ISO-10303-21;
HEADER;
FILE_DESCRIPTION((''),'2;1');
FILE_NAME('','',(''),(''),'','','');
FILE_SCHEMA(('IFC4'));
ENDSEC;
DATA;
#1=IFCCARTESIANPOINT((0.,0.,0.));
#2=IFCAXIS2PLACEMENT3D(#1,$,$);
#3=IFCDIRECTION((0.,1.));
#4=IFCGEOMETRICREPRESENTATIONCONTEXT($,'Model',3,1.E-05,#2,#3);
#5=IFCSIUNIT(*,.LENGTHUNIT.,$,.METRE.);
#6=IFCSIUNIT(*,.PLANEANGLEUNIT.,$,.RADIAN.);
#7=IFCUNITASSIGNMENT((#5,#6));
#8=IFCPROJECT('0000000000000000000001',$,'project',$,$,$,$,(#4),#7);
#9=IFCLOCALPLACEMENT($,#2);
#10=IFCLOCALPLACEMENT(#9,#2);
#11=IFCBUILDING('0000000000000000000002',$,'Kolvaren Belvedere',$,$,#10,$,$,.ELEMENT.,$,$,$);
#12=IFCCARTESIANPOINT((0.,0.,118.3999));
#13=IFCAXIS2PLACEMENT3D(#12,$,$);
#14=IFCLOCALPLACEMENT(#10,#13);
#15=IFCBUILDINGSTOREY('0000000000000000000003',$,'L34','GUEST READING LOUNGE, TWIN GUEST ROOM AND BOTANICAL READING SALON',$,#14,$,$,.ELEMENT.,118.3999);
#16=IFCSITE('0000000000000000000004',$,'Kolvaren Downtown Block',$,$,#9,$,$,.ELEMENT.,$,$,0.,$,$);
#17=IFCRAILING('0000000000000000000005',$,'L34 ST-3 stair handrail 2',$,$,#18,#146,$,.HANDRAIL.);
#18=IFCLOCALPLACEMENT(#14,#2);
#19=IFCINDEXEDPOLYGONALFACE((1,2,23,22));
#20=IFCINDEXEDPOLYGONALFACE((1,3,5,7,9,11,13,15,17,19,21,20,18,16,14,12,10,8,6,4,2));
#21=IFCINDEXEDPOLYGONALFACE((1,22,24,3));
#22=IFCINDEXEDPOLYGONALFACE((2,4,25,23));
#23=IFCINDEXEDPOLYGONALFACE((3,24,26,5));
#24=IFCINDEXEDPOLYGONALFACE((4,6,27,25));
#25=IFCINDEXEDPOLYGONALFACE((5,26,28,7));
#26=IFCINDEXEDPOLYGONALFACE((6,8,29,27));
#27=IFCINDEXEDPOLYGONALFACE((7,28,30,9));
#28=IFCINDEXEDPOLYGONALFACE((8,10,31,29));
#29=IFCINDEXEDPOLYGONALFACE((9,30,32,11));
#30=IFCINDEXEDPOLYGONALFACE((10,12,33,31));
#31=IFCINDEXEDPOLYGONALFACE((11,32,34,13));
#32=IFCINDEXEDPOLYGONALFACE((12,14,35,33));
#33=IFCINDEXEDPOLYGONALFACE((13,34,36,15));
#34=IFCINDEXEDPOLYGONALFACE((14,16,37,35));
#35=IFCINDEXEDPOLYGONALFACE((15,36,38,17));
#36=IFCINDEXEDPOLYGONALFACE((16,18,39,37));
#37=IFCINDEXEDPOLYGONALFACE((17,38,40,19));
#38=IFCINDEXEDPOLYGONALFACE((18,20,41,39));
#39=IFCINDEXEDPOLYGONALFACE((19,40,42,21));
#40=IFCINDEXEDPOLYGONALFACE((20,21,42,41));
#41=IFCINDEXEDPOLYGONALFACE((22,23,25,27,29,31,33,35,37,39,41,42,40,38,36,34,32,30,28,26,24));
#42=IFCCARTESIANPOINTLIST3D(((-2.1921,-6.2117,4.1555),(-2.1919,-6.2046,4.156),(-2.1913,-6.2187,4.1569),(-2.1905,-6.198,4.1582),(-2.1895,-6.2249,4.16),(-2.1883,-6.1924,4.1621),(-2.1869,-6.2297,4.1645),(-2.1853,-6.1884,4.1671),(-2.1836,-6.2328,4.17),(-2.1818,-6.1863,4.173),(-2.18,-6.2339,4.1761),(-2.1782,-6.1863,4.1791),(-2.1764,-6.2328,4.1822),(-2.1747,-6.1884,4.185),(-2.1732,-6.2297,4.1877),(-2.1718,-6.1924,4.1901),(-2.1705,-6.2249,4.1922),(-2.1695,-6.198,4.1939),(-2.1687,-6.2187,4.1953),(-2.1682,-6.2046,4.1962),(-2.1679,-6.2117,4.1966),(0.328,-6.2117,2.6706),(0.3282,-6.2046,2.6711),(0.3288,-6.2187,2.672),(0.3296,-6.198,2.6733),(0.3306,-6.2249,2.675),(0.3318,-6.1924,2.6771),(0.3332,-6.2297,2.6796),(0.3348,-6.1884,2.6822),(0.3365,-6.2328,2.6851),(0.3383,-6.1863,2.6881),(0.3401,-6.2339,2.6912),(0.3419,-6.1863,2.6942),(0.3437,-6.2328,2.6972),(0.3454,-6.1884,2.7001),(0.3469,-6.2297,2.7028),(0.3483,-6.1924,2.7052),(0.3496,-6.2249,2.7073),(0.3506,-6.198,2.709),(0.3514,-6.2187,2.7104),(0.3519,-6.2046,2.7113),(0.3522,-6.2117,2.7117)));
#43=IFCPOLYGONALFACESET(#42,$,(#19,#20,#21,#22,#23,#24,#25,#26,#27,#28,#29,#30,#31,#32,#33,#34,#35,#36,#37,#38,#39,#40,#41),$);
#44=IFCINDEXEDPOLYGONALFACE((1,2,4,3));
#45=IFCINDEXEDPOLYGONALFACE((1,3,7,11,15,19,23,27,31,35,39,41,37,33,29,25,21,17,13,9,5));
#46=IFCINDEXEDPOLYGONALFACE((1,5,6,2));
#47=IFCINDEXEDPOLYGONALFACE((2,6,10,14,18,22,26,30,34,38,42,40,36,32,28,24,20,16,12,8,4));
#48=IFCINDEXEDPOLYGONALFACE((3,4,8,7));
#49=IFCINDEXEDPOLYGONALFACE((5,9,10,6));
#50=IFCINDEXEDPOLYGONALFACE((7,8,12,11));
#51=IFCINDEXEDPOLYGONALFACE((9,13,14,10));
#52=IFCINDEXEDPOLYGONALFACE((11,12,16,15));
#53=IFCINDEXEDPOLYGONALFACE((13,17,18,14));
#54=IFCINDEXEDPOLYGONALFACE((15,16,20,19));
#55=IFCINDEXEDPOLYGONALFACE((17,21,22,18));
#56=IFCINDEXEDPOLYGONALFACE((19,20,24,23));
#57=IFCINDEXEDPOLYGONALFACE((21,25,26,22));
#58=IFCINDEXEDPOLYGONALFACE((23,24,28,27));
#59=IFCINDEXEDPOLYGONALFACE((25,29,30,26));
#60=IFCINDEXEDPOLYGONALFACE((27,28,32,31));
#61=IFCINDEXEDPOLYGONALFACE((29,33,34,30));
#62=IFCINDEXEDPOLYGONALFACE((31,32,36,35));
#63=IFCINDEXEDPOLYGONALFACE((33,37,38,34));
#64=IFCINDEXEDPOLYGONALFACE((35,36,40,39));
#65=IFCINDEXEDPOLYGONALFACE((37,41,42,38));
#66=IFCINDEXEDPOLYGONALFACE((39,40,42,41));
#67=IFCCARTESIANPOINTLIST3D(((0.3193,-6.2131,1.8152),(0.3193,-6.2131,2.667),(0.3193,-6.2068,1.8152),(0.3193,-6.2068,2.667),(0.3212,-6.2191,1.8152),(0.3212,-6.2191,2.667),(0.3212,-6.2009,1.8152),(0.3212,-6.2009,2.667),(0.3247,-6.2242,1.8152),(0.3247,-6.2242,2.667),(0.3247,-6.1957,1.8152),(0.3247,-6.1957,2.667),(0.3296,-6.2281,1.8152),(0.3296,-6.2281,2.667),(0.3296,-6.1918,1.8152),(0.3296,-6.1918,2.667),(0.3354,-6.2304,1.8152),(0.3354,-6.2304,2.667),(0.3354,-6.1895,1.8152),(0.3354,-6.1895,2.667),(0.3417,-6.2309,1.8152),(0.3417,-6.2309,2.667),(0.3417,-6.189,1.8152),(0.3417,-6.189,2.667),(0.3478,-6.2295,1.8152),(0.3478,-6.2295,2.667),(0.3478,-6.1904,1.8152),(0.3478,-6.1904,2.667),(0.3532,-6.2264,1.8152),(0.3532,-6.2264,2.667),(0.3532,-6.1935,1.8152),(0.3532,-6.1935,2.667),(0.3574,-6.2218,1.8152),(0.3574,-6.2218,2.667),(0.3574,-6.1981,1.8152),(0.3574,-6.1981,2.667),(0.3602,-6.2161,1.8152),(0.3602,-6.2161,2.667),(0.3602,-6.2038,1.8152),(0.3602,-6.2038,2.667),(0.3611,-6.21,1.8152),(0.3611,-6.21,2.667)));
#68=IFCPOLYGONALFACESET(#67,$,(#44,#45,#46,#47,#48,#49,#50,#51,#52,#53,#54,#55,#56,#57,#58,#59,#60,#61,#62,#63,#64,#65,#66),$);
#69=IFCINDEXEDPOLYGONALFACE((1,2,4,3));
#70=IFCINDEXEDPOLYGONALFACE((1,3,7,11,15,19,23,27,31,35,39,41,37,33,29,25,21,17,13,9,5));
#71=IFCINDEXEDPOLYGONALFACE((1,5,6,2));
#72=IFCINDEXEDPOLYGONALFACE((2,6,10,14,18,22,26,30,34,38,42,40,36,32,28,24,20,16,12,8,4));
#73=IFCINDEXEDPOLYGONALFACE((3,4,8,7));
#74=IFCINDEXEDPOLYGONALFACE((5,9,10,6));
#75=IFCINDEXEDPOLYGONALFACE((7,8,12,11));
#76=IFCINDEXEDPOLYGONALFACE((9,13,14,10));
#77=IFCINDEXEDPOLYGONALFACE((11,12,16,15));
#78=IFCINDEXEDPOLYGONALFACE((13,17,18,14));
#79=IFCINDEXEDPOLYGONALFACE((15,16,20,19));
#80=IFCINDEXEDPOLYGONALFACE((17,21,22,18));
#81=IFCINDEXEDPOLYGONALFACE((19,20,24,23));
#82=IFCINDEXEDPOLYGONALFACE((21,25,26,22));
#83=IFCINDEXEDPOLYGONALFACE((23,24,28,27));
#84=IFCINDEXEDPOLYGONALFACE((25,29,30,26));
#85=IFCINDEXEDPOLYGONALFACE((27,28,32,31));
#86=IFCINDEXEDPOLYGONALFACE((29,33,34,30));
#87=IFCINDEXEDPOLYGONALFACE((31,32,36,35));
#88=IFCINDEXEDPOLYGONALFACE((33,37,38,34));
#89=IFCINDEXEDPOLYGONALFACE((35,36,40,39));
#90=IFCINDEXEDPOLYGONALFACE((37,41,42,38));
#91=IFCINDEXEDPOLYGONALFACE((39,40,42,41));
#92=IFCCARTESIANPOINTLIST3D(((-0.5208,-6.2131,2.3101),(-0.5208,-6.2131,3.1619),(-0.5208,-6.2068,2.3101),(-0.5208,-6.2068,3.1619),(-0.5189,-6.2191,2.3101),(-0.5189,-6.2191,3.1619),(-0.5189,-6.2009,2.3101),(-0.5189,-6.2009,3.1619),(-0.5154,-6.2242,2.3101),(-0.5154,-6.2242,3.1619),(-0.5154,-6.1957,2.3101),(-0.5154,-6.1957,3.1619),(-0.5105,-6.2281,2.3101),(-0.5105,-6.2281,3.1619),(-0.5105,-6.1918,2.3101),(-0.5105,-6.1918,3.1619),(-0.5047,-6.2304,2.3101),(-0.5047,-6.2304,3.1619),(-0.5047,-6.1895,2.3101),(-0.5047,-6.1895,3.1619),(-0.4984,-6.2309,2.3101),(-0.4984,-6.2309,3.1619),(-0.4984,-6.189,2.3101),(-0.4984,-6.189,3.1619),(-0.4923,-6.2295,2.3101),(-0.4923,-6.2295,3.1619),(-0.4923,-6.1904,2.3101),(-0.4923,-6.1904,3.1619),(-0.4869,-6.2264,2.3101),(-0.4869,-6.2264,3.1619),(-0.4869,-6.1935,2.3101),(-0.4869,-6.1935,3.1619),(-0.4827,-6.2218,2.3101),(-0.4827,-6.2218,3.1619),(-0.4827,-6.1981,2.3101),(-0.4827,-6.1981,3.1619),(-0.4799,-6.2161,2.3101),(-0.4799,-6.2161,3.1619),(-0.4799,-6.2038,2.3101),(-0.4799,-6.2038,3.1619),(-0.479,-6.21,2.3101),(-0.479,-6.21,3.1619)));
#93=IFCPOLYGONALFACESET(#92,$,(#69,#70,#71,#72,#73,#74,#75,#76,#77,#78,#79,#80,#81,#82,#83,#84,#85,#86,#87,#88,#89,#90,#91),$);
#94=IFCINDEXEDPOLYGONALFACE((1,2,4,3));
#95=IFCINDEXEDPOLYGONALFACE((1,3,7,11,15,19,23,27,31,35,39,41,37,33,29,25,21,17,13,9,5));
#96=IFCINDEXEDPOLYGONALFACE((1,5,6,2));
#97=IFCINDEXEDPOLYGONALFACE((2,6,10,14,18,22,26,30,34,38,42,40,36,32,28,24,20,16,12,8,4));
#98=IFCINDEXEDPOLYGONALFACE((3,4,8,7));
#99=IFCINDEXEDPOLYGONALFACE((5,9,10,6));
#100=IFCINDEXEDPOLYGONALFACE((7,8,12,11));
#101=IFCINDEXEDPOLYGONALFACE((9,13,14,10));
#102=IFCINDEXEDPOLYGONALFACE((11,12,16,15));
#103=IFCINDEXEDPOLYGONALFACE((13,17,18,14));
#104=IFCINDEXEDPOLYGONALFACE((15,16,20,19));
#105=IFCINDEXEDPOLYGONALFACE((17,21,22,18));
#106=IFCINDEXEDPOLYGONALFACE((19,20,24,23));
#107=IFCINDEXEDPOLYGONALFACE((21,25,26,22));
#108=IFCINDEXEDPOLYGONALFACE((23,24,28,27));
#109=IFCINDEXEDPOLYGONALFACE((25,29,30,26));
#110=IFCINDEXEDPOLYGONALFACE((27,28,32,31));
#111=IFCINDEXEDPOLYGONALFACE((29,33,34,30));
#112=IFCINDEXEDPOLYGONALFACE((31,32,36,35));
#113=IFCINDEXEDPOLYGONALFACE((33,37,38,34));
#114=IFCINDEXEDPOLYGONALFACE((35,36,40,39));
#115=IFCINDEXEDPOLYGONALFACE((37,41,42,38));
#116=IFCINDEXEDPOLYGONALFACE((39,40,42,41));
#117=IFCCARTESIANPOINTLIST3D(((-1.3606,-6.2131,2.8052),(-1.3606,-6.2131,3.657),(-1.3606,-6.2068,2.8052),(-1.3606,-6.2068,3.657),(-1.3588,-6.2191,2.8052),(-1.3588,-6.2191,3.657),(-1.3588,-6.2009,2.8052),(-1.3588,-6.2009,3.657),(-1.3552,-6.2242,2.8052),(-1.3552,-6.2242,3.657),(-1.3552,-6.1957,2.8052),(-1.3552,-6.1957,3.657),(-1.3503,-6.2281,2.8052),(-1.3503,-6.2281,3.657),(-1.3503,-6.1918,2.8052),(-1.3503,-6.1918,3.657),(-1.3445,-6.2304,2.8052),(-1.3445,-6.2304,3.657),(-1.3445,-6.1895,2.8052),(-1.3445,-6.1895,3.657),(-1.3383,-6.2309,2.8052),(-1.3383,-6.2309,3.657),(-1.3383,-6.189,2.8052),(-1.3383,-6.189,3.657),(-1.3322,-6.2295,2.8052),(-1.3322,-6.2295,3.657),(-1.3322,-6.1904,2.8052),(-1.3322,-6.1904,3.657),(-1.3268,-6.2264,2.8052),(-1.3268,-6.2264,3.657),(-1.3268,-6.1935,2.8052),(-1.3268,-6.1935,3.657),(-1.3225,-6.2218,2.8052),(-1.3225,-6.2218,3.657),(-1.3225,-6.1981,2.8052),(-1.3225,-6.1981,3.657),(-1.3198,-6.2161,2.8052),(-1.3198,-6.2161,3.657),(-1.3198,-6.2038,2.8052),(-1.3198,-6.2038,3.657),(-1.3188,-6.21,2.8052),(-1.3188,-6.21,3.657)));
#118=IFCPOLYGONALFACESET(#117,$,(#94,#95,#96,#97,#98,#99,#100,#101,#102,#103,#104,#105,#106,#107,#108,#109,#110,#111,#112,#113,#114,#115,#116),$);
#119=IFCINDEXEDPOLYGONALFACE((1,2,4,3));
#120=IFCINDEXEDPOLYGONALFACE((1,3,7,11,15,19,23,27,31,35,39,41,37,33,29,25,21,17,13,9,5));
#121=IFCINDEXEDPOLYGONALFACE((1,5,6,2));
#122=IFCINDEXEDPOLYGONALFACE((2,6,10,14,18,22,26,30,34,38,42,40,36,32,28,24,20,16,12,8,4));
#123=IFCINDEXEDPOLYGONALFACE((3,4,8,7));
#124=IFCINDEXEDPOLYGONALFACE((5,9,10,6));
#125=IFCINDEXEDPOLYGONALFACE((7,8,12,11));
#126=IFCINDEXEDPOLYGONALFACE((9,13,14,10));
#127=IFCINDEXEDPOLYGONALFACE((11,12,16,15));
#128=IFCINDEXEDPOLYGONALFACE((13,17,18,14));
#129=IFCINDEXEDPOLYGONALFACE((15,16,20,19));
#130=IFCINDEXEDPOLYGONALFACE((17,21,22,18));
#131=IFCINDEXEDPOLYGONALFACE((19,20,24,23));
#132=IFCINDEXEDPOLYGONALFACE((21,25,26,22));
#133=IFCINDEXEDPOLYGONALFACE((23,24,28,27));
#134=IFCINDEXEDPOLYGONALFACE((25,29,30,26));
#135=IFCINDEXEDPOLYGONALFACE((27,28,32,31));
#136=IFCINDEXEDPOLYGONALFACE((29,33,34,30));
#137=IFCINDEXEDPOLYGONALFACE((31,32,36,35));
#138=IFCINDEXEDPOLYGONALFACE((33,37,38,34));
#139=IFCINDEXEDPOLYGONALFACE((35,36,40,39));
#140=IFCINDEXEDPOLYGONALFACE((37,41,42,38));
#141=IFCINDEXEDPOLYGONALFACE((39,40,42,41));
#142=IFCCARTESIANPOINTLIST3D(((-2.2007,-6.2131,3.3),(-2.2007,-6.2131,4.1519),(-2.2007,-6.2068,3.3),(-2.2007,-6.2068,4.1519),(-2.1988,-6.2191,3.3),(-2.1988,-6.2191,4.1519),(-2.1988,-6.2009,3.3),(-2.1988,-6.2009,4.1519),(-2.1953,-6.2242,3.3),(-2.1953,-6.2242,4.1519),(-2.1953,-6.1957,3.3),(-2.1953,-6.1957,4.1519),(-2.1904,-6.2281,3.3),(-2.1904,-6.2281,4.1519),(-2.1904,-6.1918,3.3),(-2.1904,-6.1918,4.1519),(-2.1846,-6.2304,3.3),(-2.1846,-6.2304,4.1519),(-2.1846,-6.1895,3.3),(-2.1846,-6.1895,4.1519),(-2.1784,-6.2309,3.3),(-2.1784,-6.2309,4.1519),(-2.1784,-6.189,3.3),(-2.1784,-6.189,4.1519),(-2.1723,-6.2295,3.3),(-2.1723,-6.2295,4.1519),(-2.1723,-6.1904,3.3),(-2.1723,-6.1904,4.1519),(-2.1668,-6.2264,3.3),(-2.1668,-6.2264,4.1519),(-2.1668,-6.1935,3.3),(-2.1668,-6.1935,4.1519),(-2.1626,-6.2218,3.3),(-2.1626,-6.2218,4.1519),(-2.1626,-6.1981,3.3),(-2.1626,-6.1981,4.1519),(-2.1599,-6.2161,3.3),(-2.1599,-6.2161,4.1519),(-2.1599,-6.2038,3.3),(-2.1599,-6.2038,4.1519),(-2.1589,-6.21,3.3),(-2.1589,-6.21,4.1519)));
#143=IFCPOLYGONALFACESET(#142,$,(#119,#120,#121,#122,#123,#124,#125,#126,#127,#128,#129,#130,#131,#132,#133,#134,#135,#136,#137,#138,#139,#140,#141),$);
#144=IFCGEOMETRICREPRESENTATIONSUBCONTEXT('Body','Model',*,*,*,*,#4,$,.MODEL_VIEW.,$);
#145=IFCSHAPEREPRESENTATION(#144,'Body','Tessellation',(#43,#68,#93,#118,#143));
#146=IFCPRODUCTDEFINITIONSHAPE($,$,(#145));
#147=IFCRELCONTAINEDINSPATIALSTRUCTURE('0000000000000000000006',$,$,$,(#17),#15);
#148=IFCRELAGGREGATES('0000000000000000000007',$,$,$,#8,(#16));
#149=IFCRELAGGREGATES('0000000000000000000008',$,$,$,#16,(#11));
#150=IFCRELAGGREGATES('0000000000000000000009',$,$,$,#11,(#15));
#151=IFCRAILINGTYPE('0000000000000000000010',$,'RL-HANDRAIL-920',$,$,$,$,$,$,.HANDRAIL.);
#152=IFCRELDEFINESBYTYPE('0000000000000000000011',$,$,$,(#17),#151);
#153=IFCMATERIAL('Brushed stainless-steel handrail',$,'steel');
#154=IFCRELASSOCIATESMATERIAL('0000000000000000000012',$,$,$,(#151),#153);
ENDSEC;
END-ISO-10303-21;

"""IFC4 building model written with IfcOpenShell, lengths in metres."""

from ifc_helpers import new_model, si_unit, direction, frame, origin, origin_2d, place, context, subcontext, project, spatial, circle, extrude, material, type_object, element, save


model = new_model("IFC4")

# Units and contexts
model_context = context("Model", 3, precision=1e-05, world=origin(), true_north=direction((0.0, 1.0)))
body_context = subcontext(model_context, "Body", "Model", "MODEL_VIEW")
ifc_project = project(units=[si_unit("LENGTHUNIT", "METRE"), si_unit("PLANEANGLEUNIT", "RADIAN")], contexts=[model_context])

# Site, building, storey
site_placement = place(None, origin())
site = spatial("IfcSite", under=ifc_project, at=site_placement, Name="Kolvaren Downtown Block", CompositionType="ELEMENT", RefElevation=0.0)
building_placement = place(site_placement, origin())
building = spatial("IfcBuilding", under=site, at=building_placement, Name="Kolvaren Belvedere", CompositionType="ELEMENT")
storey_placement = place(building_placement, frame((0.0, 0.0, 118.3999)))
storey = spatial("IfcBuildingStorey", under=building, at=storey_placement, Name="L34", Description="GUEST READING LOUNGE, TWIN GUEST ROOM AND BOTANICAL READING SALON", CompositionType="ELEMENT", Elevation=118.3999)

# Railing
ifc_material_1 = material(Name="Brushed stainless-steel handrail", Category="steel")
railing_type_1 = type_object("IfcRailingType", Name="RL-HANDRAIL-920", PredefinedType="HANDRAIL", material=ifc_material_1)
railing_1_placement = place(storey_placement, frame((0.3401, -6.21, 1.8152)))
element("IfcRailing", 1, at=railing_1_placement, inside=storey, type_object=railing_type_1, Name="L34 ST-3 stair handrail 2", PredefinedType="HANDRAIL", context=body_context, shape_type="SweptSolid", body=[
    extrude(circle(Radius=0.0239, at=origin_2d()), frame((0.0, 0.0, 0.876), z_axis=(-0.861561, 0.0, 0.507655), x_axis=(0.0, -1.0, 0.0)), (0.0, 0.0, 1.0), 2.925),
    extrude(circle(Radius=0.021, at=origin_2d()), origin(), (0.0, 0.0, 1.0), 0.8518),
    extrude(circle(Radius=0.021, at=origin_2d()), frame((-0.8401, 0.0, 0.4949)), (0.0, 0.0, 1.0), 0.8518),
    extrude(circle(Radius=0.021, at=origin_2d()), frame((-1.6799, 0.0, 0.99)), (0.0, 0.0, 1.0), 0.8518),
    extrude(circle(Radius=0.021, at=origin_2d()), frame((-2.52, 0.0, 1.4849)), (0.0, 0.0, 1.0), 0.8518),
])

save(model, "model.ifc")
